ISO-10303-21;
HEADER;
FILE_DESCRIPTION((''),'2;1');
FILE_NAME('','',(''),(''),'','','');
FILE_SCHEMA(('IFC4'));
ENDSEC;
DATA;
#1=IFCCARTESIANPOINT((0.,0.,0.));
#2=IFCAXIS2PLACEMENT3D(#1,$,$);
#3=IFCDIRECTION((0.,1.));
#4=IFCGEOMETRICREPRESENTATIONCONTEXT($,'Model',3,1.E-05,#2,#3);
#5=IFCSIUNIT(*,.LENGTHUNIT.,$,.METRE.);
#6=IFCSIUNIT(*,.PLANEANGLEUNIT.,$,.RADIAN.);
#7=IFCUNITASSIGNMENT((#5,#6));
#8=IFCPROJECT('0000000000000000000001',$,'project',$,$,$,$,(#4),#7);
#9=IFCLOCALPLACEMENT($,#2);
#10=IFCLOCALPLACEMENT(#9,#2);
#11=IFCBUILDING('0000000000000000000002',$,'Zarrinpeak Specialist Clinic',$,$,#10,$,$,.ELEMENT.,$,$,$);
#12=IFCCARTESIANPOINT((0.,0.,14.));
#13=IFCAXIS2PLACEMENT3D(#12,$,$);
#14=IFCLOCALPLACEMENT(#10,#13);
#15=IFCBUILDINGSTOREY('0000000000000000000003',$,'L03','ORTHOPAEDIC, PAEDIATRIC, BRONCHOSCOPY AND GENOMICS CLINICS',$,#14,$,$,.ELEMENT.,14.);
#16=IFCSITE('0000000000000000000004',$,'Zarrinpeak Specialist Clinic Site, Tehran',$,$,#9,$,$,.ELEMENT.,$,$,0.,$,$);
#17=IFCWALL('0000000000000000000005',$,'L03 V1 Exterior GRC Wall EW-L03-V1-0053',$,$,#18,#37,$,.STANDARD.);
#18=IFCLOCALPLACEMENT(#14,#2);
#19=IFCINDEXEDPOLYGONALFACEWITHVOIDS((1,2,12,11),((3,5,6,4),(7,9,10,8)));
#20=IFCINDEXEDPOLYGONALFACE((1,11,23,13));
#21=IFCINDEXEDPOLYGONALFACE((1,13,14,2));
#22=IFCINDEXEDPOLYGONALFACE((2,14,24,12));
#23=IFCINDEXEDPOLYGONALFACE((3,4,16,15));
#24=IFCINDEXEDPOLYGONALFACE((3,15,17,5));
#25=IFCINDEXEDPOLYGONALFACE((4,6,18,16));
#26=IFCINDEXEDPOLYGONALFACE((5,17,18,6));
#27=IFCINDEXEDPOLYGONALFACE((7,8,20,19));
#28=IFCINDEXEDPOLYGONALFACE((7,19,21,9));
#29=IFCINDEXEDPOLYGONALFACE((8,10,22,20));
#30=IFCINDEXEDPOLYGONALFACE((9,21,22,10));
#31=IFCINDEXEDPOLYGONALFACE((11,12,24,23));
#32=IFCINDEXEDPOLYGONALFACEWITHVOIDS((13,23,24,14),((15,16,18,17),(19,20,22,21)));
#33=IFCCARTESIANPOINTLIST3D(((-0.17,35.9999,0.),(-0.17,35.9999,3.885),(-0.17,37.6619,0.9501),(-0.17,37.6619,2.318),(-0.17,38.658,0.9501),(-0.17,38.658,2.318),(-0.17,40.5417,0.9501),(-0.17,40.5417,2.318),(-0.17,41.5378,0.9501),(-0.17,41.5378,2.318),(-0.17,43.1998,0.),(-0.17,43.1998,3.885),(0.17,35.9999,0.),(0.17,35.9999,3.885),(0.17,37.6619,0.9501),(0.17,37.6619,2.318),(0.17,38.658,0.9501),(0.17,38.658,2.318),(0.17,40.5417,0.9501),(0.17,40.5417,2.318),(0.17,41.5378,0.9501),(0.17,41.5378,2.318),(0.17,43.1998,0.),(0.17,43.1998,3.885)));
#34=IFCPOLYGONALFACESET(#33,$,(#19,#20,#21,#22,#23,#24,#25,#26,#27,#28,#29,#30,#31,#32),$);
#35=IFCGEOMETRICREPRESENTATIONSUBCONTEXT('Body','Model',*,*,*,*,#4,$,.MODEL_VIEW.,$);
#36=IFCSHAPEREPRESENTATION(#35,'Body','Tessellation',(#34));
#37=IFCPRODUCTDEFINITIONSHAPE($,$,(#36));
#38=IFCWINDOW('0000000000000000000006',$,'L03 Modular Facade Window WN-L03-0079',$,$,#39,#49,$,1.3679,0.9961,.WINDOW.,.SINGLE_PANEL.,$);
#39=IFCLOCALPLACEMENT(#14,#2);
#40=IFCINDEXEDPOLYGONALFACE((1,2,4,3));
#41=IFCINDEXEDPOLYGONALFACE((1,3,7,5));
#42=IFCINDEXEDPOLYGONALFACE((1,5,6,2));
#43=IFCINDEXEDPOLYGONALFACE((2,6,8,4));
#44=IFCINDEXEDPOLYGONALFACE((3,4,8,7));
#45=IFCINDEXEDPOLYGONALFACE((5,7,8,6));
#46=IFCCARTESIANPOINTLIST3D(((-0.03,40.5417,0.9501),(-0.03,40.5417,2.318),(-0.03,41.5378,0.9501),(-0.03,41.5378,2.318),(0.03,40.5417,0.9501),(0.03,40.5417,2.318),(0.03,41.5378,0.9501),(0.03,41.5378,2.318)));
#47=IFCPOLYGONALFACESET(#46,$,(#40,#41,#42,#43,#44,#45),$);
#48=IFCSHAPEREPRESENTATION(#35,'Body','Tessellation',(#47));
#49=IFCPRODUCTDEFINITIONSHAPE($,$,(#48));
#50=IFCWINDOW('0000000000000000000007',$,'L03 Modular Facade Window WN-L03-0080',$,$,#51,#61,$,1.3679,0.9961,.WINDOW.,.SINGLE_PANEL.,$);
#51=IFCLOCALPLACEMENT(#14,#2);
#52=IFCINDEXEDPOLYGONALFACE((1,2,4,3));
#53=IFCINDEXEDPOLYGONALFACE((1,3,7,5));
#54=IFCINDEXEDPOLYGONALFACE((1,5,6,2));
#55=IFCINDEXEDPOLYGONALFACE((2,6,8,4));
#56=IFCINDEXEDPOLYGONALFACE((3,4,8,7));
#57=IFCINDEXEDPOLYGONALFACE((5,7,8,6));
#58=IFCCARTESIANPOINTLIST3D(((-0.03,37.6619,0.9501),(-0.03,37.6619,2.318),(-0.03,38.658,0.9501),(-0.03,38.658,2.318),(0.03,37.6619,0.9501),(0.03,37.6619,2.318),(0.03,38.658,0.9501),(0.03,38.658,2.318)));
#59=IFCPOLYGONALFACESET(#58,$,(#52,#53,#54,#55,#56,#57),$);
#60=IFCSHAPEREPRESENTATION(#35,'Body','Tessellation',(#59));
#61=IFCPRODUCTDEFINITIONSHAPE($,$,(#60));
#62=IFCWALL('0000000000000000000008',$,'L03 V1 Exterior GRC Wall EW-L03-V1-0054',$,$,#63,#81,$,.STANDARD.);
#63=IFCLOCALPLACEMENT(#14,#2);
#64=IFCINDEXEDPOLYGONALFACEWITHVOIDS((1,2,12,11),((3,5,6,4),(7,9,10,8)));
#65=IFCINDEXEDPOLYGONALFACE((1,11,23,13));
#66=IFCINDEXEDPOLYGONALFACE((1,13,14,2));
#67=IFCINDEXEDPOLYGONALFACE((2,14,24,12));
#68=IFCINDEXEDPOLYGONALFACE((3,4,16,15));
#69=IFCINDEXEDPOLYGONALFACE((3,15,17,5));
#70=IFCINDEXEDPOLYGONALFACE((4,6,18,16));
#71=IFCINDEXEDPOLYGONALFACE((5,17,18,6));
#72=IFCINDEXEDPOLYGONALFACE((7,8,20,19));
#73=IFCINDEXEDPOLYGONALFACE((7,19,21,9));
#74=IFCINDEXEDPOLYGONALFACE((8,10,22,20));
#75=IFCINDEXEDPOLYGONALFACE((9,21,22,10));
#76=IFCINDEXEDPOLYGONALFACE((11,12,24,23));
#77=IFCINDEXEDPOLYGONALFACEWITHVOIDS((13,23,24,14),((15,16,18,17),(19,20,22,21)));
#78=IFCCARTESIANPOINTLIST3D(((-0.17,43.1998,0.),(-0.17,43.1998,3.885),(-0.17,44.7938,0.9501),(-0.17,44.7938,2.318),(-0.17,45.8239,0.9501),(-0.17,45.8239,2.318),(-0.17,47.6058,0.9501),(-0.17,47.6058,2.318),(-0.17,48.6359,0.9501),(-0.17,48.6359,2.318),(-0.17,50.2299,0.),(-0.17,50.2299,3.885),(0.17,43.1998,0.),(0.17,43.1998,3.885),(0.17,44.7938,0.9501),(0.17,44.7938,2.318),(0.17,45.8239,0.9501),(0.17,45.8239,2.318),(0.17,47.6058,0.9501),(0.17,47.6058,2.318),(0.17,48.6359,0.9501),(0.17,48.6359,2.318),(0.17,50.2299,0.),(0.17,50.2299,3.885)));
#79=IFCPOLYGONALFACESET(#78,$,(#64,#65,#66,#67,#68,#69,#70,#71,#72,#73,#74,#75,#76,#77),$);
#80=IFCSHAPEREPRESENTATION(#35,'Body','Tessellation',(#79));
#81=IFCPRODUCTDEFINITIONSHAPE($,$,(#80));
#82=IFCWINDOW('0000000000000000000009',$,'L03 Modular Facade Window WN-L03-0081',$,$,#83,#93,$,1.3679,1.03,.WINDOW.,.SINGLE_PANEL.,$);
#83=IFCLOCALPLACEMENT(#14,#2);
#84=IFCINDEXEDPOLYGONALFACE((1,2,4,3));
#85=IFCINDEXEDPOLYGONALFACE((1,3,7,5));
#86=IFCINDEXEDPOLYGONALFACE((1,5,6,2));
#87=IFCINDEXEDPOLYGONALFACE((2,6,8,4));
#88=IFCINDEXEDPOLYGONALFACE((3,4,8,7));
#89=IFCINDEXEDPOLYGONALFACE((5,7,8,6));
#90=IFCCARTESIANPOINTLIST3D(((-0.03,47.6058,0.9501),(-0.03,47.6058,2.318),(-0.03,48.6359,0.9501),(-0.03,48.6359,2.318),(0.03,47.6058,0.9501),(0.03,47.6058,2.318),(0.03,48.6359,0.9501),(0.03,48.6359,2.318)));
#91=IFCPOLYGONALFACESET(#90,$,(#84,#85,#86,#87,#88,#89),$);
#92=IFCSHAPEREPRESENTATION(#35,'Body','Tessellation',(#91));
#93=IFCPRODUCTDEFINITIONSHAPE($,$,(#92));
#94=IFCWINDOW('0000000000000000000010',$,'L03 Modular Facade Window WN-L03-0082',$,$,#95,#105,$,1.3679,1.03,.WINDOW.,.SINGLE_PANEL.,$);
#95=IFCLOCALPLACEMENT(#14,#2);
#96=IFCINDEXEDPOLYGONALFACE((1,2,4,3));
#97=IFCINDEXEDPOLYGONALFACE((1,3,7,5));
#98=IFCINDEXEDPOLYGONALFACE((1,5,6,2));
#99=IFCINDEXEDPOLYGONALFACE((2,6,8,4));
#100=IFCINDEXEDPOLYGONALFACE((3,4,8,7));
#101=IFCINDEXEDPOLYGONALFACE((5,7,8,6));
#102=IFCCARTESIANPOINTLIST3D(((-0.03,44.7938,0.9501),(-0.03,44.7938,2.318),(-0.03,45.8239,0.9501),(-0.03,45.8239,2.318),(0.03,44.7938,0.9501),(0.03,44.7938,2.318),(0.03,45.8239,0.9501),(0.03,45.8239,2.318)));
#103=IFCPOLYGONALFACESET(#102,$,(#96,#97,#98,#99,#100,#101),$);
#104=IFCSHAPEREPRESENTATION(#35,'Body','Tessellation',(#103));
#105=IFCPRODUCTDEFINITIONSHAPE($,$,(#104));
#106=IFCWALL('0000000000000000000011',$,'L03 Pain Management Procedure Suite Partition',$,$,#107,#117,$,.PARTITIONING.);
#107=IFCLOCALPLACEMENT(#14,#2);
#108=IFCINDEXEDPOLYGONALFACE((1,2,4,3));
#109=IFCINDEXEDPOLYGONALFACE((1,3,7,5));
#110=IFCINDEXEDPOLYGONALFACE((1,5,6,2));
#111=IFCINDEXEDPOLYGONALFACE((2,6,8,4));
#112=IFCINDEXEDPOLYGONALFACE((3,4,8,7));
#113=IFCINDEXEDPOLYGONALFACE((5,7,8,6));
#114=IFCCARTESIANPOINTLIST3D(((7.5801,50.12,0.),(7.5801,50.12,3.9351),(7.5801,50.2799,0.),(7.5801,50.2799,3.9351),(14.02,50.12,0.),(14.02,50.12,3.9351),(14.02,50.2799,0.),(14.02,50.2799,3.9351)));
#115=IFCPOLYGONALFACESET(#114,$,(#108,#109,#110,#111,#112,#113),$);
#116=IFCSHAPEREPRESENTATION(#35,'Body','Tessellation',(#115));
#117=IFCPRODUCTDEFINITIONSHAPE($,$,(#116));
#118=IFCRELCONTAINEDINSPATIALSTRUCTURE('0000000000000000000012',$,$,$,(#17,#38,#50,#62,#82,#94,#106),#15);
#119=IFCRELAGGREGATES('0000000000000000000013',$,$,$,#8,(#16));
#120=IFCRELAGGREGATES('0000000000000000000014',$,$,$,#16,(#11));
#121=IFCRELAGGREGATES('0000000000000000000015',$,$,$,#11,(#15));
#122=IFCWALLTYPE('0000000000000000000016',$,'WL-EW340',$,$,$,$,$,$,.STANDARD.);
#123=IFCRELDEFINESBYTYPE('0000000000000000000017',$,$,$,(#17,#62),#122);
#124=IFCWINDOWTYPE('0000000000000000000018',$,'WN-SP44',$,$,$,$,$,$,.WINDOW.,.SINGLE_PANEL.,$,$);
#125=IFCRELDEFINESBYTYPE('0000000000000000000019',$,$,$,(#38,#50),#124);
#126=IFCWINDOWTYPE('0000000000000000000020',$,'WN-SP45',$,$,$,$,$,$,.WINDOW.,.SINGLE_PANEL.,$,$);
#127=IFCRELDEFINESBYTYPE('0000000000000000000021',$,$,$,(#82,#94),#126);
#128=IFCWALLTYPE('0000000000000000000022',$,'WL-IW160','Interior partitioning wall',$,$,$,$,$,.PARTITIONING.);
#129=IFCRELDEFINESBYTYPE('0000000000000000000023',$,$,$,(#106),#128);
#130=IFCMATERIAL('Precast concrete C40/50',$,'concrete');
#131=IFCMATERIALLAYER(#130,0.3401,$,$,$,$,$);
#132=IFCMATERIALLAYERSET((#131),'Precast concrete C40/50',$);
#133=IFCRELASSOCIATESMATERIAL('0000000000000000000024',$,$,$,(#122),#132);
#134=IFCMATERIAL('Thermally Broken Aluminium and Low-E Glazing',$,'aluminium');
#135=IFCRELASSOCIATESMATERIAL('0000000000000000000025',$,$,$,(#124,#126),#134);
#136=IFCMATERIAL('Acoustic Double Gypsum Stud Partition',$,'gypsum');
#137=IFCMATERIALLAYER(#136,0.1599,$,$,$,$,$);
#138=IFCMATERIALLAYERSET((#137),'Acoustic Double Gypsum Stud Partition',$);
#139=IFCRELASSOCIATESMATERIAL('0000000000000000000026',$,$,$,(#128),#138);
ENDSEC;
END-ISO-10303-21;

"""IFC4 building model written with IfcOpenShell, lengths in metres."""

from ifc_helpers import new_model, si_unit, direction, frame, frame_2d, origin, place, context, subcontext, project, spatial, rectangle, extrude, material, layer, layer_set, type_object, element, fill, save


model = new_model("IFC4")

# Units and contexts
model_context = context("Model", 3, precision=1e-05, world=origin(), true_north=direction((0.0, 1.0)))
body_context = subcontext(model_context, "Body", "Model", "MODEL_VIEW")
ifc_project = project(units=[si_unit("LENGTHUNIT", "METRE"), si_unit("PLANEANGLEUNIT", "RADIAN")], contexts=[model_context])

# Site, building, storey
site_placement = place(None, origin())
site = spatial("IfcSite", under=ifc_project, at=site_placement, Name="Zarrinpeak Specialist Clinic Site, Tehran", CompositionType="ELEMENT", RefElevation=0.0)
building_placement = place(site_placement, origin())
building = spatial("IfcBuilding", under=site, at=building_placement, Name="Zarrinpeak Specialist Clinic", CompositionType="ELEMENT")
storey_placement = place(building_placement, frame((0.0, 0.0, 14.0)))
storey = spatial("IfcBuildingStorey", under=building, at=storey_placement, Name="L03", Description="ORTHOPAEDIC, PAEDIATRIC, BRONCHOSCOPY AND GENOMICS CLINICS", CompositionType="ELEMENT", Elevation=14.0)

# Shared definitions
ifc_material_1 = material(Name="Precast concrete C40/50", Category="concrete")
ifc_layer_1 = layer(ifc_material_1, 0.3401)
ifc_layer_set_1 = layer_set([ifc_layer_1], Name="Precast concrete C40/50")
wall_type_1 = type_object("IfcWallType", Name="WL-EW340", PredefinedType="STANDARD", material=ifc_layer_set_1)
ifc_material_2 = material(Name="Thermally Broken Aluminium and Low-E Glazing", Category="aluminium")

# Walls, openings, windows
wall_1_placement = place(storey_placement, frame((0.0, 43.2, 0.0), z_axis=(0.0, 0.0, 1.0), x_axis=(0.0, -1.0, 0.0)))
wall_1 = element("IfcWall", 1, at=wall_1_placement, inside=storey, type_object=wall_type_1, Name="L03 V1 Exterior GRC Wall EW-L03-V1-0053", PredefinedType="STANDARD", context=body_context, shape_type="SweptSolid", body=[
    extrude(rectangle(XDim=7.2, YDim=0.3401, at=frame_2d((3.6001, 0.0))), origin(), (0.0, 0.0, 1.0), 3.885),
])
opening_1_placement = place(wall_1_placement, frame((1.6621, 0.0, 0.95)))
opening_1 = element("IfcOpeningElement", 2, at=opening_1_placement, cuts=wall_1, PredefinedType="OPENING", context=body_context, shape_type="SweptSolid", body=[
    extrude(rectangle(XDim=0.9961, YDim=1.3679, at=frame_2d((0.498, 0.6841))), frame((0.0, 0.1802, 0.0), z_axis=(0.0, -1.0, 0.0), x_axis=(1.0, 0.0, 0.0)), (0.0, 0.0, 1.0), 0.3601),
])
opening_2_placement = place(wall_1_placement, frame((4.542, 0.0, 0.95)))
opening_2 = element("IfcOpeningElement", 3, at=opening_2_placement, cuts=wall_1, PredefinedType="OPENING", context=body_context, shape_type="SweptSolid", body=[
    extrude(rectangle(XDim=0.9961, YDim=1.3679, at=frame_2d((0.498, 0.6841))), frame((0.0, 0.1802, 0.0), z_axis=(0.0, -1.0, 0.0), x_axis=(1.0, 0.0, 0.0)), (0.0, 0.0, 1.0), 0.3601),
])
window_type_1 = type_object("IfcWindowType", Name="WN-SP44", PartitioningType="SINGLE_PANEL", PredefinedType="WINDOW", material=ifc_material_2)
window_1_placement = place(opening_1_placement, origin())
window_1 = element("IfcWindow", 4, at=window_1_placement, inside=storey, type_object=window_type_1, Name="L03 Modular Facade Window WN-L03-0079", OverallHeight=1.3679, OverallWidth=0.9961, PartitioningType="SINGLE_PANEL", PredefinedType="WINDOW", context=body_context, shape_type="SweptSolid", body=[
    extrude(rectangle(XDim=0.9961, YDim=1.3679, at=frame_2d((0.498, 0.6841))), frame((0.0, 0.03, 0.0), z_axis=(0.0, -1.0, 0.0), x_axis=(1.0, 0.0, 0.0)), (0.0, 0.0, 1.0), 0.0601),
])
fill(opening_1, window_1)
window_2_placement = place(opening_2_placement, origin())
window_2 = element("IfcWindow", 5, at=window_2_placement, inside=storey, type_object=window_type_1, Name="L03 Modular Facade Window WN-L03-0080", OverallHeight=1.3679, OverallWidth=0.9961, PartitioningType="SINGLE_PANEL", PredefinedType="WINDOW", context=body_context, shape_type="SweptSolid", body=[
    extrude(rectangle(XDim=0.9961, YDim=1.3679, at=frame_2d((0.498, 0.6841))), frame((0.0, 0.03, 0.0), z_axis=(0.0, -1.0, 0.0), x_axis=(1.0, 0.0, 0.0)), (0.0, 0.0, 1.0), 0.0601),
])
fill(opening_2, window_2)
wall_2_placement = place(storey_placement, frame((0.0, 50.23, 0.0), z_axis=(0.0, 0.0, 1.0), x_axis=(0.0, -1.0, 0.0)))
wall_2 = element("IfcWall", 6, at=wall_2_placement, inside=storey, type_object=wall_type_1, Name="L03 V1 Exterior GRC Wall EW-L03-V1-0054", PredefinedType="STANDARD", context=body_context, shape_type="SweptSolid", body=[
    extrude(rectangle(XDim=7.03, YDim=0.3401, at=frame_2d((3.5151, 0.0))), origin(), (0.0, 0.0, 1.0), 3.885),
])
opening_3_placement = place(wall_2_placement, frame((1.594, 0.0, 0.95)))
opening_3 = element("IfcOpeningElement", 7, at=opening_3_placement, cuts=wall_2, PredefinedType="OPENING", context=body_context, shape_type="SweptSolid", body=[
    extrude(rectangle(XDim=1.03, YDim=1.3679, at=frame_2d((0.5151, 0.6841))), frame((0.0, 0.1802, 0.0), z_axis=(0.0, -1.0, 0.0), x_axis=(1.0, 0.0, 0.0)), (0.0, 0.0, 1.0), 0.3601),
])
opening_4_placement = place(wall_2_placement, frame((4.406, 0.0, 0.95)))
opening_4 = element("IfcOpeningElement", 8, at=opening_4_placement, cuts=wall_2, PredefinedType="OPENING", context=body_context, shape_type="SweptSolid", body=[
    extrude(rectangle(XDim=1.03, YDim=1.3679, at=frame_2d((0.5151, 0.6841))), frame((0.0, 0.1802, 0.0), z_axis=(0.0, -1.0, 0.0), x_axis=(1.0, 0.0, 0.0)), (0.0, 0.0, 1.0), 0.3601),
])
window_type_2 = type_object("IfcWindowType", Name="WN-SP45", PartitioningType="SINGLE_PANEL", PredefinedType="WINDOW", material=ifc_material_2)
window_3_placement = place(opening_3_placement, origin())
window_3 = element("IfcWindow", 9, at=window_3_placement, inside=storey, type_object=window_type_2, Name="L03 Modular Facade Window WN-L03-0081", OverallHeight=1.3679, OverallWidth=1.03, PartitioningType="SINGLE_PANEL", PredefinedType="WINDOW", context=body_context, shape_type="SweptSolid", body=[
    extrude(rectangle(XDim=1.03, YDim=1.3679, at=frame_2d((0.5151, 0.6841))), frame((0.0, 0.03, 0.0), z_axis=(0.0, -1.0, 0.0), x_axis=(1.0, 0.0, 0.0)), (0.0, 0.0, 1.0), 0.0601),
])
fill(opening_3, window_3)
window_4_placement = place(opening_4_placement, origin())
window_4 = element("IfcWindow", 10, at=window_4_placement, inside=storey, type_object=window_type_2, Name="L03 Modular Facade Window WN-L03-0082", OverallHeight=1.3679, OverallWidth=1.03, PartitioningType="SINGLE_PANEL", PredefinedType="WINDOW", context=body_context, shape_type="SweptSolid", body=[
    extrude(rectangle(XDim=1.03, YDim=1.3679, at=frame_2d((0.5151, 0.6841))), frame((0.0, 0.03, 0.0), z_axis=(0.0, -1.0, 0.0), x_axis=(1.0, 0.0, 0.0)), (0.0, 0.0, 1.0), 0.0601),
])
fill(opening_4, window_4)

# Wall
ifc_material_3 = material(Name="Acoustic Double Gypsum Stud Partition", Category="gypsum")
ifc_layer_2 = layer(ifc_material_3, 0.1599)
ifc_layer_set_2 = layer_set([ifc_layer_2], Name="Acoustic Double Gypsum Stud Partition")
wall_type_2 = type_object("IfcWallType", Name="WL-IW160", Description="Interior partitioning wall", PredefinedType="PARTITIONING", material=ifc_layer_set_2)
wall_3_placement = place(storey_placement, frame((7.5801, 50.2, 0.0), z_axis=(0.0, 0.0, 1.0), x_axis=(1.0, 0.0, 0.0)))
element("IfcWall", 11, at=wall_3_placement, inside=storey, type_object=wall_type_2, Name="L03 Pain Management Procedure Suite Partition", PredefinedType="PARTITIONING", context=body_context, shape_type="SweptSolid", body=[
    extrude(rectangle(XDim=6.4399, YDim=0.1599, at=frame_2d((3.22, 0.0))), origin(), (0.0, 0.0, 1.0), 3.9351),
])

save(model, "model.ifc")
